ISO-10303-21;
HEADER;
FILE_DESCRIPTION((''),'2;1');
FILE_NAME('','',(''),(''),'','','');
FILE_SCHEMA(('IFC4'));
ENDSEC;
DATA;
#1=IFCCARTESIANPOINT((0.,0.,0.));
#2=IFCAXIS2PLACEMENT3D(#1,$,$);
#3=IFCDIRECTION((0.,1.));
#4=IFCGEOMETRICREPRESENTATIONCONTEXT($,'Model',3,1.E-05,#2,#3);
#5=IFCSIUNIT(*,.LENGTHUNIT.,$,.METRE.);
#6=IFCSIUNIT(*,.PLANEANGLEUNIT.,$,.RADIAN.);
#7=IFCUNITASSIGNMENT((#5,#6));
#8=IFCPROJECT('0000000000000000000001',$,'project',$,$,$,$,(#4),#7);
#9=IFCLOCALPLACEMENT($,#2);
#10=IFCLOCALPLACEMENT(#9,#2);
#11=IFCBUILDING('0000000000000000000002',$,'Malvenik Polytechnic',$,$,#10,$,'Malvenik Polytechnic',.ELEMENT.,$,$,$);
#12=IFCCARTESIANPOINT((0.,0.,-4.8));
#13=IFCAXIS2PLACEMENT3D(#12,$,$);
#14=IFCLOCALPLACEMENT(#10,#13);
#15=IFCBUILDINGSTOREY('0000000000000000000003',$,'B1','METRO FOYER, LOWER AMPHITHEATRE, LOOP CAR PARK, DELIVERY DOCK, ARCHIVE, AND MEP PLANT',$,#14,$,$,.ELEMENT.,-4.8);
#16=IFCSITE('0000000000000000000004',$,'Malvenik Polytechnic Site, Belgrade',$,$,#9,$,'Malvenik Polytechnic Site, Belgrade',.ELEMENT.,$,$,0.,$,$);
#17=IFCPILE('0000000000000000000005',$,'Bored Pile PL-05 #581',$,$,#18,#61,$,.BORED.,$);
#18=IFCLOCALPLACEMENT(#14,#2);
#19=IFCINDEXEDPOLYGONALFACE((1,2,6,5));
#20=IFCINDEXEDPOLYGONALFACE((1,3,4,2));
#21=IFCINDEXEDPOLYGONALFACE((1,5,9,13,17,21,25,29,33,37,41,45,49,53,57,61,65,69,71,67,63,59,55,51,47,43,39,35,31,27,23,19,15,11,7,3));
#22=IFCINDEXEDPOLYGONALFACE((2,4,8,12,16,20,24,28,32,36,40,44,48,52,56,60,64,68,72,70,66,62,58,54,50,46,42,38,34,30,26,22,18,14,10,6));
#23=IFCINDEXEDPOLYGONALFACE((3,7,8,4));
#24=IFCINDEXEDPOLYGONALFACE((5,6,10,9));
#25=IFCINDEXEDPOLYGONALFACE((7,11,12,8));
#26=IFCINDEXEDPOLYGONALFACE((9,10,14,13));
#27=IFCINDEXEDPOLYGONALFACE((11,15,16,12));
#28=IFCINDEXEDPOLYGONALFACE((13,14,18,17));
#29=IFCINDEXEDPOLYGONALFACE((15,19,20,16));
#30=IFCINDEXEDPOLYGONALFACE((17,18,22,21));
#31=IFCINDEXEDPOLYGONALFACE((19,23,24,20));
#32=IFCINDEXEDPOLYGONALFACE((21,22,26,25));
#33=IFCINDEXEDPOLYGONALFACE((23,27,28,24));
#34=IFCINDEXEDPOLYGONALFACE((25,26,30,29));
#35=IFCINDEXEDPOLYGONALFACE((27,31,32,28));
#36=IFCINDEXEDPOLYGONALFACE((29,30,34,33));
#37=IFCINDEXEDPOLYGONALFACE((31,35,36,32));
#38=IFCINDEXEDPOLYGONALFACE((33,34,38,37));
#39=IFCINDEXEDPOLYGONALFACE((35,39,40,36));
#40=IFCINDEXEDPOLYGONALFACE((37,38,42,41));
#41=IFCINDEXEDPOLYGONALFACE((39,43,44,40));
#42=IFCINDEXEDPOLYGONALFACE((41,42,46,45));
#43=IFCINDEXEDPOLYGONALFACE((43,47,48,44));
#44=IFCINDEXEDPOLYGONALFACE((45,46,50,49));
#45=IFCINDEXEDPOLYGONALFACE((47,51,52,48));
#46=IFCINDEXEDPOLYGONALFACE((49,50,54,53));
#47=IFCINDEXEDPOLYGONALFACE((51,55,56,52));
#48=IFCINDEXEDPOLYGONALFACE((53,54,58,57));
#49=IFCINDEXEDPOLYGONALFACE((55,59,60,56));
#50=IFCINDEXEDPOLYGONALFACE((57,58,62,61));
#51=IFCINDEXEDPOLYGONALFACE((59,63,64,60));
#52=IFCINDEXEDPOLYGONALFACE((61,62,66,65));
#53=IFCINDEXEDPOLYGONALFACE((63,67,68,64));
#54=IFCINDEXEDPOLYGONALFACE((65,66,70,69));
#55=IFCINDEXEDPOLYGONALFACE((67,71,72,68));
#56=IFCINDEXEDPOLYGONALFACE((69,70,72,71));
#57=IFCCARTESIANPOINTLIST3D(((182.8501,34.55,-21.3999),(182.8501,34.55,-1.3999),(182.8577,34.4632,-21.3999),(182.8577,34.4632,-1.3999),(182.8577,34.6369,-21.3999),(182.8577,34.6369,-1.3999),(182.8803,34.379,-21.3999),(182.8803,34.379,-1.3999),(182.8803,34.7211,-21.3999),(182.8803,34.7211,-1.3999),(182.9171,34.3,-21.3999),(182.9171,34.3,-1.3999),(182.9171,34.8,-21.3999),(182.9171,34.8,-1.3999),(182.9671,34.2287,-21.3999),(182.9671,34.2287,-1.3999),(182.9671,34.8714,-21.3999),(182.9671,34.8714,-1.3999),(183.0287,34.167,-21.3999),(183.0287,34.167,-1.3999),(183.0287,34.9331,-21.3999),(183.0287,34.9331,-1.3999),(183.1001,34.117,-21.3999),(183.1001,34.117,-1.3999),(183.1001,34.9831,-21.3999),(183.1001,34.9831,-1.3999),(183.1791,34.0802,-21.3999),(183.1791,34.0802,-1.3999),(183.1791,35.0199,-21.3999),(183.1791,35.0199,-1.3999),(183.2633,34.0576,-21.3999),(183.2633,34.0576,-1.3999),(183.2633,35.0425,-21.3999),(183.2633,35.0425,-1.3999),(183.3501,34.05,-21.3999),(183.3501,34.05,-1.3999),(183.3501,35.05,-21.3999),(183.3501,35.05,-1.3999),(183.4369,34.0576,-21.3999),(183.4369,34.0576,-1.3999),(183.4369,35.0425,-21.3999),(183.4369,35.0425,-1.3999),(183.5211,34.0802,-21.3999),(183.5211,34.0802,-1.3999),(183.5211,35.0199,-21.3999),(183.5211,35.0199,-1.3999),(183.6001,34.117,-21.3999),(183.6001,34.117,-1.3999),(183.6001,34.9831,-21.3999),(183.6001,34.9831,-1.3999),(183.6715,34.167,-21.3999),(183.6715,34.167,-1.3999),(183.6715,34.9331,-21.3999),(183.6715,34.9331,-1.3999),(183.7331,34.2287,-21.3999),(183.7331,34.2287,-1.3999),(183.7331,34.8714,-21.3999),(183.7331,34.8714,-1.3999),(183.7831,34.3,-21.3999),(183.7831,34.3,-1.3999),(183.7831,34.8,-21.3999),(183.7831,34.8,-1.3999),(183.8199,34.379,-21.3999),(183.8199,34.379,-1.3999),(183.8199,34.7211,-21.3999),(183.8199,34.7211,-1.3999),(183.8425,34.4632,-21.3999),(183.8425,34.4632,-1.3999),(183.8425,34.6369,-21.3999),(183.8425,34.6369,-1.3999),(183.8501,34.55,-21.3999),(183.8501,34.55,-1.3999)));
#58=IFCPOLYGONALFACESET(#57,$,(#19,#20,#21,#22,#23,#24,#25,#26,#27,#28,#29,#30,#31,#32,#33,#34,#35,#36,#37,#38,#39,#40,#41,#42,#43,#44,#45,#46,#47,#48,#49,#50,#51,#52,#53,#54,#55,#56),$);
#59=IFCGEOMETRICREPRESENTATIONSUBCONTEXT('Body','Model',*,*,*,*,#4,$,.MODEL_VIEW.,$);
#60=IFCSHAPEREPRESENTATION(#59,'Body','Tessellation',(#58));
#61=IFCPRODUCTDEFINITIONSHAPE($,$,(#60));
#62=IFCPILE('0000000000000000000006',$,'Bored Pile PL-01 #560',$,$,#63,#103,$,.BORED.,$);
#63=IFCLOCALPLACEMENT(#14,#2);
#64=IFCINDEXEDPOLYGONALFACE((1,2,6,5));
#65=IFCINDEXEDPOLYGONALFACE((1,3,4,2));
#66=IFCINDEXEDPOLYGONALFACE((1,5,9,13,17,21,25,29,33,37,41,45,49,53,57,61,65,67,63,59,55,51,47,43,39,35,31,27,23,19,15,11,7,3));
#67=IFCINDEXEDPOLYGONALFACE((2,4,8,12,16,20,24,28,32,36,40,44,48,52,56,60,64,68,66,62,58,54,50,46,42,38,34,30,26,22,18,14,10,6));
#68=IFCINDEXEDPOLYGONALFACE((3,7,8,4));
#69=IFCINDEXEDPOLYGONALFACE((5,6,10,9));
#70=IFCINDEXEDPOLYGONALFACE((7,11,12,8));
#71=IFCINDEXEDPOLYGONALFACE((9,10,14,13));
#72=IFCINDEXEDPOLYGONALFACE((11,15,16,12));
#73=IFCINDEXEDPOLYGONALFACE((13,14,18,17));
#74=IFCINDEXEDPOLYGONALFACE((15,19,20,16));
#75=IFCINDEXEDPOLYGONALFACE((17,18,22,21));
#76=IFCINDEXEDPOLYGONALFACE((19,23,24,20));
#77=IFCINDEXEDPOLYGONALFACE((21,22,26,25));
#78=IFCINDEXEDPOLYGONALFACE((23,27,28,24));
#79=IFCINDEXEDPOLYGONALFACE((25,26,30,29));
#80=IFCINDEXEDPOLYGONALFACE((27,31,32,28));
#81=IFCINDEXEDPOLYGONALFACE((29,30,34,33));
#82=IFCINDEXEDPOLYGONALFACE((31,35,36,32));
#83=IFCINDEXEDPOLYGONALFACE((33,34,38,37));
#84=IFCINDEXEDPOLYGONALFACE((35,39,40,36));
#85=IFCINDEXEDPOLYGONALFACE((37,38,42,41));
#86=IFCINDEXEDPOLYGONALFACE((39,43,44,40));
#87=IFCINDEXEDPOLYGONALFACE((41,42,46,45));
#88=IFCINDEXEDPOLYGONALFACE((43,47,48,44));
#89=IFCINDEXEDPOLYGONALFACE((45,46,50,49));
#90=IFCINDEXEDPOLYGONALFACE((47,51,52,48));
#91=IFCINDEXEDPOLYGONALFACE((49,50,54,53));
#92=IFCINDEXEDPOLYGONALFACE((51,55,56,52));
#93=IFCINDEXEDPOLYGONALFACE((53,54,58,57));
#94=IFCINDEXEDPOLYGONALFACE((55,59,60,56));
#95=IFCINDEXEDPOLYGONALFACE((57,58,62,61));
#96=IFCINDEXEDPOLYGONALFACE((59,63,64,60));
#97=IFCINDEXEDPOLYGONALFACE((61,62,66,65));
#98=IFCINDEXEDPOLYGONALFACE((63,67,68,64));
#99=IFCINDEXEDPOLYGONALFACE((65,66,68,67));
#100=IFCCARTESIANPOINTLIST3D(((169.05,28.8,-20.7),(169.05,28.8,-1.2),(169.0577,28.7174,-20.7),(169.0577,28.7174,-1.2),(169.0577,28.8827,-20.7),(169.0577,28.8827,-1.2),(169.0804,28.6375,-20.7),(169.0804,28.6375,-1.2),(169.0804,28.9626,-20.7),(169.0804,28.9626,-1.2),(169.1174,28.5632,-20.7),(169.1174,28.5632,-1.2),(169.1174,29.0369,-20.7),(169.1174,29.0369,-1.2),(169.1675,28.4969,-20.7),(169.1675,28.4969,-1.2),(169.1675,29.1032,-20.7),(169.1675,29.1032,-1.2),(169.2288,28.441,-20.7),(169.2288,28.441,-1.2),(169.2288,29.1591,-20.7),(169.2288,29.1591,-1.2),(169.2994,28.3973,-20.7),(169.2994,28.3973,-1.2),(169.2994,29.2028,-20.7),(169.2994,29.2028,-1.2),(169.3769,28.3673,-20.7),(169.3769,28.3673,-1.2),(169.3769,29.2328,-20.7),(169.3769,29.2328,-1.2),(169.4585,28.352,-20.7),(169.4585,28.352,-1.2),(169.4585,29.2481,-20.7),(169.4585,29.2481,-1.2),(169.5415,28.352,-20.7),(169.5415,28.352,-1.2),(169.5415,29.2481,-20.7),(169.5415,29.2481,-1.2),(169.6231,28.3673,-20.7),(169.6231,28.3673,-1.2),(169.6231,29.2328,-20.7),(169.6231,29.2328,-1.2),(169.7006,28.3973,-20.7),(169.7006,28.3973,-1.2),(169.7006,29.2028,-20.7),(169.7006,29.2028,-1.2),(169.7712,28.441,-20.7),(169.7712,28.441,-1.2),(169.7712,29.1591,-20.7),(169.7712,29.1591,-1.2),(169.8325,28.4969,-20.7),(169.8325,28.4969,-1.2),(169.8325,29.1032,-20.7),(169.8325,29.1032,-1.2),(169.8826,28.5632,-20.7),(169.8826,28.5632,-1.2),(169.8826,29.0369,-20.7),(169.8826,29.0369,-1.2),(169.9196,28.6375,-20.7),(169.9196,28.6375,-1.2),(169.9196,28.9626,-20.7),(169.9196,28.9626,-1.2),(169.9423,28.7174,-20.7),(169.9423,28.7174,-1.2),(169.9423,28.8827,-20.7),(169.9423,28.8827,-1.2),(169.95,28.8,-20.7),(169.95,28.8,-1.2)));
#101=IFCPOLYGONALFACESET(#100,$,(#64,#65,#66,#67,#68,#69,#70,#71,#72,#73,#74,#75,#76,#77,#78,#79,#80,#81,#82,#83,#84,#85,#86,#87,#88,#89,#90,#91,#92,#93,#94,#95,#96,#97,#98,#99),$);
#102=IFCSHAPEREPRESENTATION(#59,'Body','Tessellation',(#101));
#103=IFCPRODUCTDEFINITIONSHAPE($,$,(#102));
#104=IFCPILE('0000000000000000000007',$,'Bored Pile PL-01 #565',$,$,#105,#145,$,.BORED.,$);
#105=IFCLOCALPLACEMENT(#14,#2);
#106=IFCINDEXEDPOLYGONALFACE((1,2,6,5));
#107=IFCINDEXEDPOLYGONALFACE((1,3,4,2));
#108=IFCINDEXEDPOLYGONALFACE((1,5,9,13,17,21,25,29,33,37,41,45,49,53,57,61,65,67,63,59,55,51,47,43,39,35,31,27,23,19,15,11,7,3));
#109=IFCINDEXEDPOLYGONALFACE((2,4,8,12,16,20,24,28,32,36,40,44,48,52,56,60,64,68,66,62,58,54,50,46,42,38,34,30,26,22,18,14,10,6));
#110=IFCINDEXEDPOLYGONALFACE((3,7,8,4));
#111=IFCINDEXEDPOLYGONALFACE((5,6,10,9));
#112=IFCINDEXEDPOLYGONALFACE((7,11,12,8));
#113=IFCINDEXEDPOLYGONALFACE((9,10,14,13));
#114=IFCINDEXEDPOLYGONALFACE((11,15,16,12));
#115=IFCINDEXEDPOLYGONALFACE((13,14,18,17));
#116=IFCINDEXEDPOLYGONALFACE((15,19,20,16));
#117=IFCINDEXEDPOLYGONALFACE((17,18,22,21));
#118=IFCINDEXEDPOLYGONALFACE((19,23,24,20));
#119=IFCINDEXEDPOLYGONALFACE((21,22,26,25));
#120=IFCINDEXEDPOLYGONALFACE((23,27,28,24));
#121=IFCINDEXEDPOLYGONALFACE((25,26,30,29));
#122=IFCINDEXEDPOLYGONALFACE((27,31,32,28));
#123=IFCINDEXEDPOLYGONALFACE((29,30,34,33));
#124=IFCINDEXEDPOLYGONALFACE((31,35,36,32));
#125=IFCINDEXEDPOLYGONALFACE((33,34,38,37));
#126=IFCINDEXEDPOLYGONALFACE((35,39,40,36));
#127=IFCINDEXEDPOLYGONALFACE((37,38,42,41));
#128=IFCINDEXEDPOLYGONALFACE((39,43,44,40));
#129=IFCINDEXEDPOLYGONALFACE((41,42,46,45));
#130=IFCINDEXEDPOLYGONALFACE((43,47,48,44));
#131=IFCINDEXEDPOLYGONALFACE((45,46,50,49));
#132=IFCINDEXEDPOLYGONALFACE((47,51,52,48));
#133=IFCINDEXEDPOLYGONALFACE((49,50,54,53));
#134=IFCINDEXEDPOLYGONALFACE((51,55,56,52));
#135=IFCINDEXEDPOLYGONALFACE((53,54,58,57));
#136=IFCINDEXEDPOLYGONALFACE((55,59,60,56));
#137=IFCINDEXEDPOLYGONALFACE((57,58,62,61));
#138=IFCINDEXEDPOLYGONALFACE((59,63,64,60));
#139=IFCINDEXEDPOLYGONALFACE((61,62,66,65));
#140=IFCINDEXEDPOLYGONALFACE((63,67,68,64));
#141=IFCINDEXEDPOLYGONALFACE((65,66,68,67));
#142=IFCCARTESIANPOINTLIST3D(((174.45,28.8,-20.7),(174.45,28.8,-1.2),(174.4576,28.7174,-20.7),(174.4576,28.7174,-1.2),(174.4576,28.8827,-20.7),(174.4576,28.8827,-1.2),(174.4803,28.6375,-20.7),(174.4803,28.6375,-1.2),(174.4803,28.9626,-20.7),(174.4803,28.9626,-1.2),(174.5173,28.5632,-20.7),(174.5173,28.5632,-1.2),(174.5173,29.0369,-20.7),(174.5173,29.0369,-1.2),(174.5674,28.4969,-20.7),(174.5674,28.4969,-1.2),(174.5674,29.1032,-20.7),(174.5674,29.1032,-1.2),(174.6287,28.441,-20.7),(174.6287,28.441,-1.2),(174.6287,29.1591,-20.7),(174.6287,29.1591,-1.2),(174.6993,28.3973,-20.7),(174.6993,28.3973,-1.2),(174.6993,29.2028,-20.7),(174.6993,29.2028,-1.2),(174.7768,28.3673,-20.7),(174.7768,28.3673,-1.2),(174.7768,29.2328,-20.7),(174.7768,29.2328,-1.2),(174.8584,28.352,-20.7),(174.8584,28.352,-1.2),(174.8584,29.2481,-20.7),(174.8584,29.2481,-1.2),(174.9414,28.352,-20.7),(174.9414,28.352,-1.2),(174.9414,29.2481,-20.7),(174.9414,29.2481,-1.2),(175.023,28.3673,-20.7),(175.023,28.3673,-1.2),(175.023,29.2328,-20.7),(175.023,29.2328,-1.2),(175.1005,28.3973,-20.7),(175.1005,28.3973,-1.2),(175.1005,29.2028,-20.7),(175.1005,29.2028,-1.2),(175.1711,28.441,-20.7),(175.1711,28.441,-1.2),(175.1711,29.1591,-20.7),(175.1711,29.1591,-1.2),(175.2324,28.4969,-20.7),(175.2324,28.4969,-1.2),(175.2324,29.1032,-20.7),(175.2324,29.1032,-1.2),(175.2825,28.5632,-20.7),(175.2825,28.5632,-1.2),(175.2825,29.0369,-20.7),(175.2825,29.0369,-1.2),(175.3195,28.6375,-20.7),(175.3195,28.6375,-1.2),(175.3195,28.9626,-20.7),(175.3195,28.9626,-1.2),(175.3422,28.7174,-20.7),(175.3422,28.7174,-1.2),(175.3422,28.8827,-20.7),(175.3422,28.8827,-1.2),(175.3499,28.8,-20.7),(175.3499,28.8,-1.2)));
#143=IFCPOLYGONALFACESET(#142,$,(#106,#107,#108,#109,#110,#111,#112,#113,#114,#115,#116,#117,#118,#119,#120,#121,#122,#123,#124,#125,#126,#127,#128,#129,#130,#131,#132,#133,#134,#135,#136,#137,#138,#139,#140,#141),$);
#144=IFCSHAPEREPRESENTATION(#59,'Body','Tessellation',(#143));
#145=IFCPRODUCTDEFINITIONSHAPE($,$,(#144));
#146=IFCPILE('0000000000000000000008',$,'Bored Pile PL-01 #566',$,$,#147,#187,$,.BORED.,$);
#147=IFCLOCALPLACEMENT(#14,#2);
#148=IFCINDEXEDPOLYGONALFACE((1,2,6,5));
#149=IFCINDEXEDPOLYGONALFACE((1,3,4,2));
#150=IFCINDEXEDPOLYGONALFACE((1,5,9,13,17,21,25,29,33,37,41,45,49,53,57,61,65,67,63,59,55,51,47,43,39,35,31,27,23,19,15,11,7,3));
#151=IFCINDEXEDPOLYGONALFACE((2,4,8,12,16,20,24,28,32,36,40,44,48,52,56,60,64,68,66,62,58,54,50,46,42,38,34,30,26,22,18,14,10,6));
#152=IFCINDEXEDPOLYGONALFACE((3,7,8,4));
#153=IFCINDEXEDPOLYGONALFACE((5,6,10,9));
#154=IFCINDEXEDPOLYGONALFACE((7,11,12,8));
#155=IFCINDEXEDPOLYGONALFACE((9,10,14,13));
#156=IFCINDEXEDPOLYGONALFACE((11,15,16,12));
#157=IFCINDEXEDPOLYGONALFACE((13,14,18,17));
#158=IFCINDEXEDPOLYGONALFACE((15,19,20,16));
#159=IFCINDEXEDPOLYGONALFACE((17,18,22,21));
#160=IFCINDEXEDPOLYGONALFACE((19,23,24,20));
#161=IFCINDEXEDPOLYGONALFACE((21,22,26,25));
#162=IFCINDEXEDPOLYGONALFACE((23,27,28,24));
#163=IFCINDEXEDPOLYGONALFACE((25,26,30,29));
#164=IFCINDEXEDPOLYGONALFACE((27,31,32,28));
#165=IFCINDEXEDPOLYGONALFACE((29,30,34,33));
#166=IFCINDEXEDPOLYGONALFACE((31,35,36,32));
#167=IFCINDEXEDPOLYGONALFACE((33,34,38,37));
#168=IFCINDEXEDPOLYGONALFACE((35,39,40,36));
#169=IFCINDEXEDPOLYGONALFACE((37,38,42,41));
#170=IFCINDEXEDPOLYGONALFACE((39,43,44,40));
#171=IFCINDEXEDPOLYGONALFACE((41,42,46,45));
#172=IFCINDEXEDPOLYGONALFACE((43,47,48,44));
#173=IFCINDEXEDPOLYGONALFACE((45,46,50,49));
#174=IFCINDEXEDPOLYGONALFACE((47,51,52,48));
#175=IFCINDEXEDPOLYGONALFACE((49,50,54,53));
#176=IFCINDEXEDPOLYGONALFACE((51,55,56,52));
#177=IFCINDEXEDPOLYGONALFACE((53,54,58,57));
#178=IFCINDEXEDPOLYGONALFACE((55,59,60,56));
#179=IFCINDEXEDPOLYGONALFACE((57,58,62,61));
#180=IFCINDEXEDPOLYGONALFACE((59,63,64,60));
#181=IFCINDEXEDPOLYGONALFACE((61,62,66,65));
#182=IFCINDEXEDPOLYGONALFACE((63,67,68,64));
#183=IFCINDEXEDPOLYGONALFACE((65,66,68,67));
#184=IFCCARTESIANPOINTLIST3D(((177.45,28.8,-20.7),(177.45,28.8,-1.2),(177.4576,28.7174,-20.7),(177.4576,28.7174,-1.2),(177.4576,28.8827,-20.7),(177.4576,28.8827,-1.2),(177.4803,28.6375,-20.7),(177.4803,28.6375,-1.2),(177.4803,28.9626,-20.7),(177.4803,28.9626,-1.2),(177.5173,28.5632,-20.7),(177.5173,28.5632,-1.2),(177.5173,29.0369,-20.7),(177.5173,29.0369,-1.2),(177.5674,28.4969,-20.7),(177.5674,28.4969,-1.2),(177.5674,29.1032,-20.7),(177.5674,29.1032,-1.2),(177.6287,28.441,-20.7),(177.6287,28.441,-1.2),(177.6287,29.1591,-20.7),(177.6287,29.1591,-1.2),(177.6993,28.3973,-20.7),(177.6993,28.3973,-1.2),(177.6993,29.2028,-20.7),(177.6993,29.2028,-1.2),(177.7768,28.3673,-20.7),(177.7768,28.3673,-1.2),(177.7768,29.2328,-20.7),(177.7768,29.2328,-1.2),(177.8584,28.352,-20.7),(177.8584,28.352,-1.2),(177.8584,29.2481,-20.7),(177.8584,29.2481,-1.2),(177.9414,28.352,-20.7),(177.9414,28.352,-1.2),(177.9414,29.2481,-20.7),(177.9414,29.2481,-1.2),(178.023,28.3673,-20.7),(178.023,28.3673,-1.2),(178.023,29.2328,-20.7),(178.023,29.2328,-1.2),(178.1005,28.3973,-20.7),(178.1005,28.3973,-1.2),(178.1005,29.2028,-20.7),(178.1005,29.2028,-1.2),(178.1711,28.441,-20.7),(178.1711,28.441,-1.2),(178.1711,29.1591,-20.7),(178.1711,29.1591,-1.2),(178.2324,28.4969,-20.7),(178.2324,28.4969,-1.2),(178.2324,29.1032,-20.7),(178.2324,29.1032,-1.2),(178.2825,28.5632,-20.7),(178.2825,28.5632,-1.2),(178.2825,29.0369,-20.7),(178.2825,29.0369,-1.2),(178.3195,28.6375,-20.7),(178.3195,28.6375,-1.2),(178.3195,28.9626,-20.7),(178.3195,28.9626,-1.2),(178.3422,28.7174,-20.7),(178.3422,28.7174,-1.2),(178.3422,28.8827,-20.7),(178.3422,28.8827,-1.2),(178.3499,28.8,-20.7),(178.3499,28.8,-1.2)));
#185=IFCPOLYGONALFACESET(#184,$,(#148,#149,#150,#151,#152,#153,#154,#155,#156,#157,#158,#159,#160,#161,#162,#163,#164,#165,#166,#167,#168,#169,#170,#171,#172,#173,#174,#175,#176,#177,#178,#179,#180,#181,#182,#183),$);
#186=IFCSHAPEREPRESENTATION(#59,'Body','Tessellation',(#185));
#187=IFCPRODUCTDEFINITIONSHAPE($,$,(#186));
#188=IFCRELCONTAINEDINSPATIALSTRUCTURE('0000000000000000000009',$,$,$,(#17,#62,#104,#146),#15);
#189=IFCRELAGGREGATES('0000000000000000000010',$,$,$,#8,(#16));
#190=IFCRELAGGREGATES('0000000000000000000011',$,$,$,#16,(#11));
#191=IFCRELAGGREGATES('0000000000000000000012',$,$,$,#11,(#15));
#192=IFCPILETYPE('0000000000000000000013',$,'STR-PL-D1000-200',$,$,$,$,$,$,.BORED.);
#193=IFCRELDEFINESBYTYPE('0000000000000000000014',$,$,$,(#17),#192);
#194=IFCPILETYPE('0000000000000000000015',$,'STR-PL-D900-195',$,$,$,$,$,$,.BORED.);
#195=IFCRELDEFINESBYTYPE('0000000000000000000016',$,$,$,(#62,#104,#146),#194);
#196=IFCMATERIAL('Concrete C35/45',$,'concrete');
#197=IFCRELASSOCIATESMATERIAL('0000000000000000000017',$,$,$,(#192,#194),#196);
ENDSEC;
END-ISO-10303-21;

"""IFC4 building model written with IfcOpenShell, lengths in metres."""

from ifc_helpers import new_model, si_unit, direction, frame, origin, origin_2d, place, context, subcontext, project, spatial, circle, extrude, material, material_profile, profile_set, type_object, element, save


model = new_model("IFC4")

# Units and contexts
model_context = context("Model", 3, precision=1e-05, world=origin(), true_north=direction((0.0, 1.0)))
body_context = subcontext(model_context, "Body", "Model", "MODEL_VIEW")
ifc_project = project(units=[si_unit("LENGTHUNIT", "METRE"), si_unit("PLANEANGLEUNIT", "RADIAN")], contexts=[model_context])

# Site, building, storey
site_placement = place(None, origin())
site = spatial("IfcSite", under=ifc_project, at=site_placement, Name="Malvenik Polytechnic Site, Belgrade", LongName="Malvenik Polytechnic Site, Belgrade", CompositionType="ELEMENT", RefElevation=0.0)
building_placement = place(site_placement, origin())
building = spatial("IfcBuilding", under=site, at=building_placement, Name="Malvenik Polytechnic", LongName="Malvenik Polytechnic", CompositionType="ELEMENT")
storey_placement = place(building_placement, frame((0.0, 0.0, -4.8)))
storey = spatial("IfcBuildingStorey", under=building, at=storey_placement, Name="B1", Description="METRO FOYER, LOWER AMPHITHEATRE, LOOP CAR PARK, DELIVERY DOCK, ARCHIVE, AND MEP PLANT", CompositionType="ELEMENT", Elevation=-4.8)

# Shared definitions
ifc_material_1 = material(Name="Concrete C35/45", Category="concrete")

# Piles
ifc_material_profile_1 = material_profile(ifc_material_1, circle(Radius=0.5, at=origin_2d()), Name="BORED PILE D1000")
ifc_profile_set_1 = profile_set([ifc_material_profile_1], Name="Concrete C35/45")
pile_type_1 = type_object("IfcPileType", Name="STR-PL-D1000-200", PredefinedType="BORED", material=ifc_profile_set_1)
for number, where, z_axis, x_axis, name in (
    (1, (183.3501, 34.55, -1.3999), (0.0, 0.0, -1.0), (1.0, 0.0, 0.0), "Bored Pile PL-05 #581"),
):
    element("IfcPile", number, at=place(storey_placement, frame(where, z_axis=z_axis, x_axis=x_axis)), inside=storey, type_object=pile_type_1, Name=name, PredefinedType="BORED", context=body_context, shape_type="SweptSolid", body=[
        extrude(circle(Radius=0.5, at=origin_2d()), origin(), (0.0, 0.0, 1.0), 20.0),
    ])
ifc_material_profile_2 = material_profile(ifc_material_1, circle(Radius=0.45, at=origin_2d()), Name="BORED PILE D900")
ifc_profile_set_2 = profile_set([ifc_material_profile_2], Name="Concrete C35/45")
pile_type_2 = type_object("IfcPileType", Name="STR-PL-D900-195", PredefinedType="BORED", material=ifc_profile_set_2)
for number, where, z_axis, x_axis, name in (
    (2, (169.5, 28.8, -1.2), (0.0, 0.0, -1.0), (1.0, 0.0, 0.0), "Bored Pile PL-01 #560"),
    (3, (174.8999, 28.8, -1.2), (0.0, 0.0, -1.0), (1.0, 0.0, 0.0), "Bored Pile PL-01 #565"),
    (4, (177.8999, 28.8, -1.2), (0.0, 0.0, -1.0), (1.0, 0.0, 0.0), "Bored Pile PL-01 #566"),
):
    element("IfcPile", number, at=place(storey_placement, frame(where, z_axis=z_axis, x_axis=x_axis)), inside=storey, type_object=pile_type_2, Name=name, PredefinedType="BORED", context=body_context, shape_type="SweptSolid", body=[
        extrude(circle(Radius=0.45, at=origin_2d()), origin(), (0.0, 0.0, 1.0), 19.5),
    ])

save(model, "model.ifc")
